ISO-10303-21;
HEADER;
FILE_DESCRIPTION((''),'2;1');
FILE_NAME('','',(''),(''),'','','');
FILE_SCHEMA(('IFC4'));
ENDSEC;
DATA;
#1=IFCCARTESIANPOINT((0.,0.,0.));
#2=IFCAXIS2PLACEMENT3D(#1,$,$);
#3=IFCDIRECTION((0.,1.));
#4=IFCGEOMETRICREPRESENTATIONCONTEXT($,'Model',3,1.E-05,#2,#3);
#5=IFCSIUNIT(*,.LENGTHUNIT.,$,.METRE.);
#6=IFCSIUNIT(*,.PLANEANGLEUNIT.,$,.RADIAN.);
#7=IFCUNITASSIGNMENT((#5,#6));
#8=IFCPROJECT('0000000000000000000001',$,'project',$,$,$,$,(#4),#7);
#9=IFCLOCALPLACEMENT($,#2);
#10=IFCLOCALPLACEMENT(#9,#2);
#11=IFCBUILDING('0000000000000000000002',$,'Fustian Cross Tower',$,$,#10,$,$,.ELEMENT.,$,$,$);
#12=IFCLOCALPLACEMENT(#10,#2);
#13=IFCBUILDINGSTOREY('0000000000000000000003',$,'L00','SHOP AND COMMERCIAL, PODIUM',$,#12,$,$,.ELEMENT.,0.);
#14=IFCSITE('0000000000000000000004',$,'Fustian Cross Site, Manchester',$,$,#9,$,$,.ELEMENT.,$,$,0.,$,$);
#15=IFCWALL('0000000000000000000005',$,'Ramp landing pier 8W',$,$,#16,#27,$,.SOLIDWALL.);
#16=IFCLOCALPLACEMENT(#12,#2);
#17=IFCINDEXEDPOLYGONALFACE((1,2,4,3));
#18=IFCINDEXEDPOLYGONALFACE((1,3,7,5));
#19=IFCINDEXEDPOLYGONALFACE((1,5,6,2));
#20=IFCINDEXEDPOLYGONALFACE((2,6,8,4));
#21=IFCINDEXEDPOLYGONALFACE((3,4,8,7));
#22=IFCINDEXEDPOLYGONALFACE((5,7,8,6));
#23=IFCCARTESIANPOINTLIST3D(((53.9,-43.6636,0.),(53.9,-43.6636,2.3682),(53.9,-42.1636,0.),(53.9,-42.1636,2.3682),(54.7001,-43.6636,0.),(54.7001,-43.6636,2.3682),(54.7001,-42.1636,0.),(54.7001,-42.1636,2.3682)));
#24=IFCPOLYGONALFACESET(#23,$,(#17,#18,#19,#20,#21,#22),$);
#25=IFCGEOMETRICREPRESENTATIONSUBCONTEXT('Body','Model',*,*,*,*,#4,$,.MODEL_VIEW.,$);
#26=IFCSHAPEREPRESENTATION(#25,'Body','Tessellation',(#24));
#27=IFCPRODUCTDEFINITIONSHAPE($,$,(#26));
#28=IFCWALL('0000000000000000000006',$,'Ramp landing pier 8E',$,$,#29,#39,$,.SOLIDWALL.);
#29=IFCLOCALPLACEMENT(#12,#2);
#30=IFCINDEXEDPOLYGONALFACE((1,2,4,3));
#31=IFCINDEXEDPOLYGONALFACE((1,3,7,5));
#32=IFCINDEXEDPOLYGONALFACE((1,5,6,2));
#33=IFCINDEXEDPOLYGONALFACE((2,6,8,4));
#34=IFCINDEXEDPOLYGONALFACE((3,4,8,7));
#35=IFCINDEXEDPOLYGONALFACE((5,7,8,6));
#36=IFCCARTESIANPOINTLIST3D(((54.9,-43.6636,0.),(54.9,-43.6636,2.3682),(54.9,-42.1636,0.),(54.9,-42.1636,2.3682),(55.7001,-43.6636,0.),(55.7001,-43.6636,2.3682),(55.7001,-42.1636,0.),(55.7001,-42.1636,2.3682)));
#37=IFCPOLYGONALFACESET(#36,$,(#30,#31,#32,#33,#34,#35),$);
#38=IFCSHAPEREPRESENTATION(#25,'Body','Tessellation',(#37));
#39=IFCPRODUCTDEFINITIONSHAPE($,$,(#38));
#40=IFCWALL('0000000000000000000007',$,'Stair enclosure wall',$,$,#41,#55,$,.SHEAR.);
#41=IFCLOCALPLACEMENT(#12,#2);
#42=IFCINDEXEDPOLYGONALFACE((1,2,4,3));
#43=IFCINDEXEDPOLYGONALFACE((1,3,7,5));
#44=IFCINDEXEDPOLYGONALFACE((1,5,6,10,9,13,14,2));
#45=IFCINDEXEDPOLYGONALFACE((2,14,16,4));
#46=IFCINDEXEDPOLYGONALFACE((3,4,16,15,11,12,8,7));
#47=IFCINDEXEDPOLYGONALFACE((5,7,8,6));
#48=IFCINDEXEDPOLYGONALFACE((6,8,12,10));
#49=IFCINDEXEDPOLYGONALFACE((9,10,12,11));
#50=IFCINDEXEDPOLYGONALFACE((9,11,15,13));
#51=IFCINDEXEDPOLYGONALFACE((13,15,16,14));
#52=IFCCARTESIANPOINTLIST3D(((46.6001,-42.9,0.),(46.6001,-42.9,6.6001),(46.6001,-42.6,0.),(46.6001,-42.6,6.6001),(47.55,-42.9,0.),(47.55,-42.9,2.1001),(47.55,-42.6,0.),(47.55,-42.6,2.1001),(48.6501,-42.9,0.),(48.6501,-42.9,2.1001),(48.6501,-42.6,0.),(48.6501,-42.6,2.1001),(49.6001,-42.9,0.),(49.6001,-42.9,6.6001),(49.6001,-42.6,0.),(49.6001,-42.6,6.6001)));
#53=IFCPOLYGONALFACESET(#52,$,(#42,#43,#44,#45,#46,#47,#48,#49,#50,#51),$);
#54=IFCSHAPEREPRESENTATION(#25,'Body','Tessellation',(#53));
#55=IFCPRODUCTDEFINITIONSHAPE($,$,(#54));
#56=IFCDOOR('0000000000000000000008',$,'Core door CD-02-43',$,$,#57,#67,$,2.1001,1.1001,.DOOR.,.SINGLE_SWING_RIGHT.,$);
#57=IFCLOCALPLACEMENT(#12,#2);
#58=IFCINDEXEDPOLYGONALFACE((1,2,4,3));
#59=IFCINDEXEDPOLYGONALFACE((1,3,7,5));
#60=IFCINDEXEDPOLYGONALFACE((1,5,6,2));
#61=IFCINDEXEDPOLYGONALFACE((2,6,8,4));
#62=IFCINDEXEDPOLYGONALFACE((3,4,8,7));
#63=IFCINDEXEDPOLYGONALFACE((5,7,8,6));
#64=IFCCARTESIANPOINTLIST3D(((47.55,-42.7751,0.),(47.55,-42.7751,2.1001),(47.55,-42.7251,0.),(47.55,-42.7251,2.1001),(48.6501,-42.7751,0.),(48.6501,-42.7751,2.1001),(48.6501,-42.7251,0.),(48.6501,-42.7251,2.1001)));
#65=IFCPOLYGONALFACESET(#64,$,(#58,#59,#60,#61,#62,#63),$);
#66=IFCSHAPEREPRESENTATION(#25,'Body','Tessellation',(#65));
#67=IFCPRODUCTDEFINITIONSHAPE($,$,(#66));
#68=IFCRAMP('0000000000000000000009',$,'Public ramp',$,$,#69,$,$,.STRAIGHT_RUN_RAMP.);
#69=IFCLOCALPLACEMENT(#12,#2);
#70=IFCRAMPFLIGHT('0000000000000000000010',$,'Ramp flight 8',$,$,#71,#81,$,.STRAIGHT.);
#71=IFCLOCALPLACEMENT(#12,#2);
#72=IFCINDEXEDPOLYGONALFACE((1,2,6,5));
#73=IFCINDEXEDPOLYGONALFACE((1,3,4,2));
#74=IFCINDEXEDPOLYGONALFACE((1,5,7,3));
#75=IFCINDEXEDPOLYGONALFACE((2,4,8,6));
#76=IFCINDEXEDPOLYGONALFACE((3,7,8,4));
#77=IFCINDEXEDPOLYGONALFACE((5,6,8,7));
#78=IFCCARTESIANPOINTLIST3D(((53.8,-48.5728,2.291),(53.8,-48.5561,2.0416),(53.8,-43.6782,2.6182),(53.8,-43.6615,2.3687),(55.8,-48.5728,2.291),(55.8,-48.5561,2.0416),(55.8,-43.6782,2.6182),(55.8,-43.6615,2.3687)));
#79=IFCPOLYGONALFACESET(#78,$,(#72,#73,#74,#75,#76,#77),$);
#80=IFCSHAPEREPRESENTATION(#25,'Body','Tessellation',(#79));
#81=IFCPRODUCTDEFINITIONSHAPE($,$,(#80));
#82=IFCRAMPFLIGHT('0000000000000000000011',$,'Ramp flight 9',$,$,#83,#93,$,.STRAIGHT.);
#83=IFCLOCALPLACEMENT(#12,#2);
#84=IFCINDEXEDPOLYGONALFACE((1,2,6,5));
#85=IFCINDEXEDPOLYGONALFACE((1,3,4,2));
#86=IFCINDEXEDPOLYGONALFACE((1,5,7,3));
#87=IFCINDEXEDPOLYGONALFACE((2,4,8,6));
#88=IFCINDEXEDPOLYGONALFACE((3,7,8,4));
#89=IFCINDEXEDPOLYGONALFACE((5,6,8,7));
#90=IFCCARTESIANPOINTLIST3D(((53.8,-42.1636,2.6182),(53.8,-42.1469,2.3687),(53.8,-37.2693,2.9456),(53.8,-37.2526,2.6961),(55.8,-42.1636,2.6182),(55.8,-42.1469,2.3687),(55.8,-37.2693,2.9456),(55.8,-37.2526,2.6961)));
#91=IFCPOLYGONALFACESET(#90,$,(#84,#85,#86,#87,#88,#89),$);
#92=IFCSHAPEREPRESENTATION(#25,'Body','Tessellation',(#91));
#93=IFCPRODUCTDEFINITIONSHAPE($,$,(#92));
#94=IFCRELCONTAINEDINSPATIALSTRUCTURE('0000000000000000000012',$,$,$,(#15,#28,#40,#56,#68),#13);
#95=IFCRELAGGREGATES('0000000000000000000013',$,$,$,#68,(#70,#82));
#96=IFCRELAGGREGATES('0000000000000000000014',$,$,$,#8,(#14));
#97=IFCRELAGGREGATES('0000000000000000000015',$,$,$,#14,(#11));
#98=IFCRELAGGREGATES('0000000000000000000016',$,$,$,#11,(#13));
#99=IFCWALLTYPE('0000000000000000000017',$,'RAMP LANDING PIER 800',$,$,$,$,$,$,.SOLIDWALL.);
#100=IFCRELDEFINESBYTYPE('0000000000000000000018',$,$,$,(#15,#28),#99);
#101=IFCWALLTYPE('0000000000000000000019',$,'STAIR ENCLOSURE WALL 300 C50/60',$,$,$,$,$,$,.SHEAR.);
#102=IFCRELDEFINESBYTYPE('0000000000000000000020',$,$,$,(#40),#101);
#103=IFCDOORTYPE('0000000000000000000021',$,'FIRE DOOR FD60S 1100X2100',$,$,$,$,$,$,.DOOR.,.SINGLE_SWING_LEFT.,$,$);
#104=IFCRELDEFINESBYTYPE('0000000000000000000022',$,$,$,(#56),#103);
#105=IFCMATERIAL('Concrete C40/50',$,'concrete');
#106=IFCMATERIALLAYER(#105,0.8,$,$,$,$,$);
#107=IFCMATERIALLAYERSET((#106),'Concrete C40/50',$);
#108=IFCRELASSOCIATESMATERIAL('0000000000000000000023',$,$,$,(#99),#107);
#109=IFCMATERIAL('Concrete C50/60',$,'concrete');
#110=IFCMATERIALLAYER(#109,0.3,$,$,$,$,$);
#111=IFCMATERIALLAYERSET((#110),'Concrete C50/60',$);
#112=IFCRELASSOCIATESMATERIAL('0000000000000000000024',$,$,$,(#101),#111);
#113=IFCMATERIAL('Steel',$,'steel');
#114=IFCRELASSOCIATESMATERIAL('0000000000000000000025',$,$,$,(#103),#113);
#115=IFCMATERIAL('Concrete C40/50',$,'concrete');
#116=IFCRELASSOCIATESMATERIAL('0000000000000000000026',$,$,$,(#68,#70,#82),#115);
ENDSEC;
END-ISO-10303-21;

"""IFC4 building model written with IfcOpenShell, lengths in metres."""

from ifc_helpers import new_model, si_unit, direction, frame, frame_2d, origin, place, context, subcontext, project, spatial, polyline, rectangle, outline, extrude, material, layer, layer_set, type_object, element, fill, aggregate, save


model = new_model("IFC4")

# Units and contexts
model_context = context("Model", 3, precision=1e-05, world=origin(), true_north=direction((0.0, 1.0)))
body_context = subcontext(model_context, "Body", "Model", "MODEL_VIEW")
ifc_project = project(units=[si_unit("LENGTHUNIT", "METRE"), si_unit("PLANEANGLEUNIT", "RADIAN")], contexts=[model_context])

# Site, building, storey
site_placement = place(None, origin())
site = spatial("IfcSite", under=ifc_project, at=site_placement, Name="Fustian Cross Site, Manchester", CompositionType="ELEMENT", RefElevation=0.0)
building_placement = place(site_placement, origin())
building = spatial("IfcBuilding", under=site, at=building_placement, Name="Fustian Cross Tower", CompositionType="ELEMENT")
storey_placement = place(building_placement, origin())
storey = spatial("IfcBuildingStorey", under=building, at=storey_placement, Name="L00", Description="SHOP AND COMMERCIAL, PODIUM", CompositionType="ELEMENT", Elevation=0.0)

# Walls
ifc_material_1 = material(Name="Concrete C40/50", Category="concrete")
ifc_layer_1 = layer(ifc_material_1, 0.8)
ifc_layer_set_1 = layer_set([ifc_layer_1], Name="Concrete C40/50")
wall_type_1 = type_object("IfcWallType", Name="RAMP LANDING PIER 800", PredefinedType="SOLIDWALL", material=ifc_layer_set_1)
for number, where, z_axis, x_axis, name in (
    (1, (54.3, -43.6636, 0.0), (0.0, 0.0, 1.0), (0.0, 1.0, 0.0), "Ramp landing pier 8W"),
    (2, (55.3, -43.6636, 0.0), (0.0, 0.0, 1.0), (0.0, 1.0, 0.0), "Ramp landing pier 8E"),
):
    element("IfcWall", number, at=place(storey_placement, frame(where, z_axis=z_axis, x_axis=x_axis)), inside=storey, type_object=wall_type_1, Name=name, PredefinedType="SOLIDWALL", context=body_context, shape_type="SweptSolid", body=[
        extrude(rectangle(XDim=1.5, YDim=0.8, at=frame_2d((0.75, 0.0))), origin(), (0.0, 0.0, 1.0), 2.3682),
    ])

# Wall, opening, door
ifc_material_2 = material(Name="Concrete C50/60", Category="concrete")
ifc_layer_2 = layer(ifc_material_2, 0.3)
ifc_layer_set_2 = layer_set([ifc_layer_2], Name="Concrete C50/60")
wall_type_2 = type_object("IfcWallType", Name="STAIR ENCLOSURE WALL 300 C50/60", PredefinedType="SHEAR", material=ifc_layer_set_2)
wall_1_placement = place(storey_placement, frame((46.6001, -42.75, 0.0), z_axis=(0.0, 0.0, 1.0), x_axis=(1.0, 0.0, 0.0)))
wall_1 = element("IfcWall", 3, at=wall_1_placement, inside=storey, type_object=wall_type_2, Name="Stair enclosure wall", PredefinedType="SHEAR", context=body_context, shape_type="SweptSolid", body=[
    extrude(rectangle(XDim=3.0, YDim=0.3, at=frame_2d((1.5, 0.0))), origin(), (0.0, 0.0, 1.0), 6.6001),
])
opening_placement = place(wall_1_placement, frame((0.95, 0.0, 0.0)))
opening = element("IfcOpeningElement", 4, at=opening_placement, cuts=wall_1, PredefinedType="OPENING", context=body_context, shape_type="SweptSolid", body=[
    extrude(rectangle(XDim=1.1001, YDim=2.1001, at=frame_2d((0.55, 1.05))), frame((0.0, 0.1599, 0.0), z_axis=(0.0, -1.0, 0.0), x_axis=(1.0, 0.0, 0.0)), (0.0, 0.0, 1.0), 0.3201),
])
ifc_material_3 = material(Name="Steel", Category="steel")
door_type = type_object("IfcDoorType", Name="FIRE DOOR FD60S 1100X2100", OperationType="SINGLE_SWING_LEFT", PredefinedType="DOOR", material=ifc_material_3)
door_placement = place(opening_placement, origin())
door = element("IfcDoor", 5, at=door_placement, inside=storey, type_object=door_type, Name="Core door CD-02-43", OperationType="SINGLE_SWING_RIGHT", OverallHeight=2.1001, OverallWidth=1.1001, PredefinedType="DOOR", context=body_context, shape_type="SweptSolid", body=[
    extrude(rectangle(XDim=1.1001, YDim=2.1001, at=frame_2d((0.55, 1.05))), frame((0.0, 0.0249, 0.0), z_axis=(0.0, -1.0, 0.0), x_axis=(1.0, 0.0, 0.0)), (0.0, 0.0, 1.0), 0.05),
])
fill(opening, door)

# Ramp, ramp flights
ifc_material_4 = material(Name="Concrete C40/50", Category="concrete")
ramp_placement = place(storey_placement, origin())
ramp = element("IfcRamp", 6, at=ramp_placement, inside=storey, material=ifc_material_4, Name="Public ramp", PredefinedType="STRAIGHT_RUN_RAMP")
ramp_flight_1_placement = place(storey_placement, frame((53.8, -48.5728, 2.291), z_axis=(0.0, -0.066691, 0.997774), x_axis=(1.0, 0.0, 0.0)))
ramp_flight_1 = element("IfcRampFlight", 7, at=ramp_flight_1_placement, material=ifc_material_4, Name="Ramp flight 8", PredefinedType="STRAIGHT", context=body_context, shape_type="SweptSolid", body=[
    extrude(outline(polyline([(0.0, 0.0), (2.0, 0.0), (2.0, 4.9055), (0.0, 4.9055), (0.0, 0.0)])), origin(), (0.0, 0.0, -1.0), 0.25),
])
ramp_flight_2_placement = place(storey_placement, frame((53.8, -42.1636, 2.6182), z_axis=(0.0, -0.066744, 0.99777), x_axis=(1.0, 0.0, 0.0)))
ramp_flight_2 = element("IfcRampFlight", 8, at=ramp_flight_2_placement, material=ifc_material_4, Name="Ramp flight 9", PredefinedType="STRAIGHT", context=body_context, shape_type="SweptSolid", body=[
    extrude(outline(polyline([(0.0, 0.0), (2.0, 0.0), (2.0, 4.9052), (0.0, 4.9052), (0.0, 0.0)])), origin(), (0.0, 0.0, -1.0), 0.25),
])
aggregate(ramp, [ramp_flight_1, ramp_flight_2])

save(model, "model.ifc")
